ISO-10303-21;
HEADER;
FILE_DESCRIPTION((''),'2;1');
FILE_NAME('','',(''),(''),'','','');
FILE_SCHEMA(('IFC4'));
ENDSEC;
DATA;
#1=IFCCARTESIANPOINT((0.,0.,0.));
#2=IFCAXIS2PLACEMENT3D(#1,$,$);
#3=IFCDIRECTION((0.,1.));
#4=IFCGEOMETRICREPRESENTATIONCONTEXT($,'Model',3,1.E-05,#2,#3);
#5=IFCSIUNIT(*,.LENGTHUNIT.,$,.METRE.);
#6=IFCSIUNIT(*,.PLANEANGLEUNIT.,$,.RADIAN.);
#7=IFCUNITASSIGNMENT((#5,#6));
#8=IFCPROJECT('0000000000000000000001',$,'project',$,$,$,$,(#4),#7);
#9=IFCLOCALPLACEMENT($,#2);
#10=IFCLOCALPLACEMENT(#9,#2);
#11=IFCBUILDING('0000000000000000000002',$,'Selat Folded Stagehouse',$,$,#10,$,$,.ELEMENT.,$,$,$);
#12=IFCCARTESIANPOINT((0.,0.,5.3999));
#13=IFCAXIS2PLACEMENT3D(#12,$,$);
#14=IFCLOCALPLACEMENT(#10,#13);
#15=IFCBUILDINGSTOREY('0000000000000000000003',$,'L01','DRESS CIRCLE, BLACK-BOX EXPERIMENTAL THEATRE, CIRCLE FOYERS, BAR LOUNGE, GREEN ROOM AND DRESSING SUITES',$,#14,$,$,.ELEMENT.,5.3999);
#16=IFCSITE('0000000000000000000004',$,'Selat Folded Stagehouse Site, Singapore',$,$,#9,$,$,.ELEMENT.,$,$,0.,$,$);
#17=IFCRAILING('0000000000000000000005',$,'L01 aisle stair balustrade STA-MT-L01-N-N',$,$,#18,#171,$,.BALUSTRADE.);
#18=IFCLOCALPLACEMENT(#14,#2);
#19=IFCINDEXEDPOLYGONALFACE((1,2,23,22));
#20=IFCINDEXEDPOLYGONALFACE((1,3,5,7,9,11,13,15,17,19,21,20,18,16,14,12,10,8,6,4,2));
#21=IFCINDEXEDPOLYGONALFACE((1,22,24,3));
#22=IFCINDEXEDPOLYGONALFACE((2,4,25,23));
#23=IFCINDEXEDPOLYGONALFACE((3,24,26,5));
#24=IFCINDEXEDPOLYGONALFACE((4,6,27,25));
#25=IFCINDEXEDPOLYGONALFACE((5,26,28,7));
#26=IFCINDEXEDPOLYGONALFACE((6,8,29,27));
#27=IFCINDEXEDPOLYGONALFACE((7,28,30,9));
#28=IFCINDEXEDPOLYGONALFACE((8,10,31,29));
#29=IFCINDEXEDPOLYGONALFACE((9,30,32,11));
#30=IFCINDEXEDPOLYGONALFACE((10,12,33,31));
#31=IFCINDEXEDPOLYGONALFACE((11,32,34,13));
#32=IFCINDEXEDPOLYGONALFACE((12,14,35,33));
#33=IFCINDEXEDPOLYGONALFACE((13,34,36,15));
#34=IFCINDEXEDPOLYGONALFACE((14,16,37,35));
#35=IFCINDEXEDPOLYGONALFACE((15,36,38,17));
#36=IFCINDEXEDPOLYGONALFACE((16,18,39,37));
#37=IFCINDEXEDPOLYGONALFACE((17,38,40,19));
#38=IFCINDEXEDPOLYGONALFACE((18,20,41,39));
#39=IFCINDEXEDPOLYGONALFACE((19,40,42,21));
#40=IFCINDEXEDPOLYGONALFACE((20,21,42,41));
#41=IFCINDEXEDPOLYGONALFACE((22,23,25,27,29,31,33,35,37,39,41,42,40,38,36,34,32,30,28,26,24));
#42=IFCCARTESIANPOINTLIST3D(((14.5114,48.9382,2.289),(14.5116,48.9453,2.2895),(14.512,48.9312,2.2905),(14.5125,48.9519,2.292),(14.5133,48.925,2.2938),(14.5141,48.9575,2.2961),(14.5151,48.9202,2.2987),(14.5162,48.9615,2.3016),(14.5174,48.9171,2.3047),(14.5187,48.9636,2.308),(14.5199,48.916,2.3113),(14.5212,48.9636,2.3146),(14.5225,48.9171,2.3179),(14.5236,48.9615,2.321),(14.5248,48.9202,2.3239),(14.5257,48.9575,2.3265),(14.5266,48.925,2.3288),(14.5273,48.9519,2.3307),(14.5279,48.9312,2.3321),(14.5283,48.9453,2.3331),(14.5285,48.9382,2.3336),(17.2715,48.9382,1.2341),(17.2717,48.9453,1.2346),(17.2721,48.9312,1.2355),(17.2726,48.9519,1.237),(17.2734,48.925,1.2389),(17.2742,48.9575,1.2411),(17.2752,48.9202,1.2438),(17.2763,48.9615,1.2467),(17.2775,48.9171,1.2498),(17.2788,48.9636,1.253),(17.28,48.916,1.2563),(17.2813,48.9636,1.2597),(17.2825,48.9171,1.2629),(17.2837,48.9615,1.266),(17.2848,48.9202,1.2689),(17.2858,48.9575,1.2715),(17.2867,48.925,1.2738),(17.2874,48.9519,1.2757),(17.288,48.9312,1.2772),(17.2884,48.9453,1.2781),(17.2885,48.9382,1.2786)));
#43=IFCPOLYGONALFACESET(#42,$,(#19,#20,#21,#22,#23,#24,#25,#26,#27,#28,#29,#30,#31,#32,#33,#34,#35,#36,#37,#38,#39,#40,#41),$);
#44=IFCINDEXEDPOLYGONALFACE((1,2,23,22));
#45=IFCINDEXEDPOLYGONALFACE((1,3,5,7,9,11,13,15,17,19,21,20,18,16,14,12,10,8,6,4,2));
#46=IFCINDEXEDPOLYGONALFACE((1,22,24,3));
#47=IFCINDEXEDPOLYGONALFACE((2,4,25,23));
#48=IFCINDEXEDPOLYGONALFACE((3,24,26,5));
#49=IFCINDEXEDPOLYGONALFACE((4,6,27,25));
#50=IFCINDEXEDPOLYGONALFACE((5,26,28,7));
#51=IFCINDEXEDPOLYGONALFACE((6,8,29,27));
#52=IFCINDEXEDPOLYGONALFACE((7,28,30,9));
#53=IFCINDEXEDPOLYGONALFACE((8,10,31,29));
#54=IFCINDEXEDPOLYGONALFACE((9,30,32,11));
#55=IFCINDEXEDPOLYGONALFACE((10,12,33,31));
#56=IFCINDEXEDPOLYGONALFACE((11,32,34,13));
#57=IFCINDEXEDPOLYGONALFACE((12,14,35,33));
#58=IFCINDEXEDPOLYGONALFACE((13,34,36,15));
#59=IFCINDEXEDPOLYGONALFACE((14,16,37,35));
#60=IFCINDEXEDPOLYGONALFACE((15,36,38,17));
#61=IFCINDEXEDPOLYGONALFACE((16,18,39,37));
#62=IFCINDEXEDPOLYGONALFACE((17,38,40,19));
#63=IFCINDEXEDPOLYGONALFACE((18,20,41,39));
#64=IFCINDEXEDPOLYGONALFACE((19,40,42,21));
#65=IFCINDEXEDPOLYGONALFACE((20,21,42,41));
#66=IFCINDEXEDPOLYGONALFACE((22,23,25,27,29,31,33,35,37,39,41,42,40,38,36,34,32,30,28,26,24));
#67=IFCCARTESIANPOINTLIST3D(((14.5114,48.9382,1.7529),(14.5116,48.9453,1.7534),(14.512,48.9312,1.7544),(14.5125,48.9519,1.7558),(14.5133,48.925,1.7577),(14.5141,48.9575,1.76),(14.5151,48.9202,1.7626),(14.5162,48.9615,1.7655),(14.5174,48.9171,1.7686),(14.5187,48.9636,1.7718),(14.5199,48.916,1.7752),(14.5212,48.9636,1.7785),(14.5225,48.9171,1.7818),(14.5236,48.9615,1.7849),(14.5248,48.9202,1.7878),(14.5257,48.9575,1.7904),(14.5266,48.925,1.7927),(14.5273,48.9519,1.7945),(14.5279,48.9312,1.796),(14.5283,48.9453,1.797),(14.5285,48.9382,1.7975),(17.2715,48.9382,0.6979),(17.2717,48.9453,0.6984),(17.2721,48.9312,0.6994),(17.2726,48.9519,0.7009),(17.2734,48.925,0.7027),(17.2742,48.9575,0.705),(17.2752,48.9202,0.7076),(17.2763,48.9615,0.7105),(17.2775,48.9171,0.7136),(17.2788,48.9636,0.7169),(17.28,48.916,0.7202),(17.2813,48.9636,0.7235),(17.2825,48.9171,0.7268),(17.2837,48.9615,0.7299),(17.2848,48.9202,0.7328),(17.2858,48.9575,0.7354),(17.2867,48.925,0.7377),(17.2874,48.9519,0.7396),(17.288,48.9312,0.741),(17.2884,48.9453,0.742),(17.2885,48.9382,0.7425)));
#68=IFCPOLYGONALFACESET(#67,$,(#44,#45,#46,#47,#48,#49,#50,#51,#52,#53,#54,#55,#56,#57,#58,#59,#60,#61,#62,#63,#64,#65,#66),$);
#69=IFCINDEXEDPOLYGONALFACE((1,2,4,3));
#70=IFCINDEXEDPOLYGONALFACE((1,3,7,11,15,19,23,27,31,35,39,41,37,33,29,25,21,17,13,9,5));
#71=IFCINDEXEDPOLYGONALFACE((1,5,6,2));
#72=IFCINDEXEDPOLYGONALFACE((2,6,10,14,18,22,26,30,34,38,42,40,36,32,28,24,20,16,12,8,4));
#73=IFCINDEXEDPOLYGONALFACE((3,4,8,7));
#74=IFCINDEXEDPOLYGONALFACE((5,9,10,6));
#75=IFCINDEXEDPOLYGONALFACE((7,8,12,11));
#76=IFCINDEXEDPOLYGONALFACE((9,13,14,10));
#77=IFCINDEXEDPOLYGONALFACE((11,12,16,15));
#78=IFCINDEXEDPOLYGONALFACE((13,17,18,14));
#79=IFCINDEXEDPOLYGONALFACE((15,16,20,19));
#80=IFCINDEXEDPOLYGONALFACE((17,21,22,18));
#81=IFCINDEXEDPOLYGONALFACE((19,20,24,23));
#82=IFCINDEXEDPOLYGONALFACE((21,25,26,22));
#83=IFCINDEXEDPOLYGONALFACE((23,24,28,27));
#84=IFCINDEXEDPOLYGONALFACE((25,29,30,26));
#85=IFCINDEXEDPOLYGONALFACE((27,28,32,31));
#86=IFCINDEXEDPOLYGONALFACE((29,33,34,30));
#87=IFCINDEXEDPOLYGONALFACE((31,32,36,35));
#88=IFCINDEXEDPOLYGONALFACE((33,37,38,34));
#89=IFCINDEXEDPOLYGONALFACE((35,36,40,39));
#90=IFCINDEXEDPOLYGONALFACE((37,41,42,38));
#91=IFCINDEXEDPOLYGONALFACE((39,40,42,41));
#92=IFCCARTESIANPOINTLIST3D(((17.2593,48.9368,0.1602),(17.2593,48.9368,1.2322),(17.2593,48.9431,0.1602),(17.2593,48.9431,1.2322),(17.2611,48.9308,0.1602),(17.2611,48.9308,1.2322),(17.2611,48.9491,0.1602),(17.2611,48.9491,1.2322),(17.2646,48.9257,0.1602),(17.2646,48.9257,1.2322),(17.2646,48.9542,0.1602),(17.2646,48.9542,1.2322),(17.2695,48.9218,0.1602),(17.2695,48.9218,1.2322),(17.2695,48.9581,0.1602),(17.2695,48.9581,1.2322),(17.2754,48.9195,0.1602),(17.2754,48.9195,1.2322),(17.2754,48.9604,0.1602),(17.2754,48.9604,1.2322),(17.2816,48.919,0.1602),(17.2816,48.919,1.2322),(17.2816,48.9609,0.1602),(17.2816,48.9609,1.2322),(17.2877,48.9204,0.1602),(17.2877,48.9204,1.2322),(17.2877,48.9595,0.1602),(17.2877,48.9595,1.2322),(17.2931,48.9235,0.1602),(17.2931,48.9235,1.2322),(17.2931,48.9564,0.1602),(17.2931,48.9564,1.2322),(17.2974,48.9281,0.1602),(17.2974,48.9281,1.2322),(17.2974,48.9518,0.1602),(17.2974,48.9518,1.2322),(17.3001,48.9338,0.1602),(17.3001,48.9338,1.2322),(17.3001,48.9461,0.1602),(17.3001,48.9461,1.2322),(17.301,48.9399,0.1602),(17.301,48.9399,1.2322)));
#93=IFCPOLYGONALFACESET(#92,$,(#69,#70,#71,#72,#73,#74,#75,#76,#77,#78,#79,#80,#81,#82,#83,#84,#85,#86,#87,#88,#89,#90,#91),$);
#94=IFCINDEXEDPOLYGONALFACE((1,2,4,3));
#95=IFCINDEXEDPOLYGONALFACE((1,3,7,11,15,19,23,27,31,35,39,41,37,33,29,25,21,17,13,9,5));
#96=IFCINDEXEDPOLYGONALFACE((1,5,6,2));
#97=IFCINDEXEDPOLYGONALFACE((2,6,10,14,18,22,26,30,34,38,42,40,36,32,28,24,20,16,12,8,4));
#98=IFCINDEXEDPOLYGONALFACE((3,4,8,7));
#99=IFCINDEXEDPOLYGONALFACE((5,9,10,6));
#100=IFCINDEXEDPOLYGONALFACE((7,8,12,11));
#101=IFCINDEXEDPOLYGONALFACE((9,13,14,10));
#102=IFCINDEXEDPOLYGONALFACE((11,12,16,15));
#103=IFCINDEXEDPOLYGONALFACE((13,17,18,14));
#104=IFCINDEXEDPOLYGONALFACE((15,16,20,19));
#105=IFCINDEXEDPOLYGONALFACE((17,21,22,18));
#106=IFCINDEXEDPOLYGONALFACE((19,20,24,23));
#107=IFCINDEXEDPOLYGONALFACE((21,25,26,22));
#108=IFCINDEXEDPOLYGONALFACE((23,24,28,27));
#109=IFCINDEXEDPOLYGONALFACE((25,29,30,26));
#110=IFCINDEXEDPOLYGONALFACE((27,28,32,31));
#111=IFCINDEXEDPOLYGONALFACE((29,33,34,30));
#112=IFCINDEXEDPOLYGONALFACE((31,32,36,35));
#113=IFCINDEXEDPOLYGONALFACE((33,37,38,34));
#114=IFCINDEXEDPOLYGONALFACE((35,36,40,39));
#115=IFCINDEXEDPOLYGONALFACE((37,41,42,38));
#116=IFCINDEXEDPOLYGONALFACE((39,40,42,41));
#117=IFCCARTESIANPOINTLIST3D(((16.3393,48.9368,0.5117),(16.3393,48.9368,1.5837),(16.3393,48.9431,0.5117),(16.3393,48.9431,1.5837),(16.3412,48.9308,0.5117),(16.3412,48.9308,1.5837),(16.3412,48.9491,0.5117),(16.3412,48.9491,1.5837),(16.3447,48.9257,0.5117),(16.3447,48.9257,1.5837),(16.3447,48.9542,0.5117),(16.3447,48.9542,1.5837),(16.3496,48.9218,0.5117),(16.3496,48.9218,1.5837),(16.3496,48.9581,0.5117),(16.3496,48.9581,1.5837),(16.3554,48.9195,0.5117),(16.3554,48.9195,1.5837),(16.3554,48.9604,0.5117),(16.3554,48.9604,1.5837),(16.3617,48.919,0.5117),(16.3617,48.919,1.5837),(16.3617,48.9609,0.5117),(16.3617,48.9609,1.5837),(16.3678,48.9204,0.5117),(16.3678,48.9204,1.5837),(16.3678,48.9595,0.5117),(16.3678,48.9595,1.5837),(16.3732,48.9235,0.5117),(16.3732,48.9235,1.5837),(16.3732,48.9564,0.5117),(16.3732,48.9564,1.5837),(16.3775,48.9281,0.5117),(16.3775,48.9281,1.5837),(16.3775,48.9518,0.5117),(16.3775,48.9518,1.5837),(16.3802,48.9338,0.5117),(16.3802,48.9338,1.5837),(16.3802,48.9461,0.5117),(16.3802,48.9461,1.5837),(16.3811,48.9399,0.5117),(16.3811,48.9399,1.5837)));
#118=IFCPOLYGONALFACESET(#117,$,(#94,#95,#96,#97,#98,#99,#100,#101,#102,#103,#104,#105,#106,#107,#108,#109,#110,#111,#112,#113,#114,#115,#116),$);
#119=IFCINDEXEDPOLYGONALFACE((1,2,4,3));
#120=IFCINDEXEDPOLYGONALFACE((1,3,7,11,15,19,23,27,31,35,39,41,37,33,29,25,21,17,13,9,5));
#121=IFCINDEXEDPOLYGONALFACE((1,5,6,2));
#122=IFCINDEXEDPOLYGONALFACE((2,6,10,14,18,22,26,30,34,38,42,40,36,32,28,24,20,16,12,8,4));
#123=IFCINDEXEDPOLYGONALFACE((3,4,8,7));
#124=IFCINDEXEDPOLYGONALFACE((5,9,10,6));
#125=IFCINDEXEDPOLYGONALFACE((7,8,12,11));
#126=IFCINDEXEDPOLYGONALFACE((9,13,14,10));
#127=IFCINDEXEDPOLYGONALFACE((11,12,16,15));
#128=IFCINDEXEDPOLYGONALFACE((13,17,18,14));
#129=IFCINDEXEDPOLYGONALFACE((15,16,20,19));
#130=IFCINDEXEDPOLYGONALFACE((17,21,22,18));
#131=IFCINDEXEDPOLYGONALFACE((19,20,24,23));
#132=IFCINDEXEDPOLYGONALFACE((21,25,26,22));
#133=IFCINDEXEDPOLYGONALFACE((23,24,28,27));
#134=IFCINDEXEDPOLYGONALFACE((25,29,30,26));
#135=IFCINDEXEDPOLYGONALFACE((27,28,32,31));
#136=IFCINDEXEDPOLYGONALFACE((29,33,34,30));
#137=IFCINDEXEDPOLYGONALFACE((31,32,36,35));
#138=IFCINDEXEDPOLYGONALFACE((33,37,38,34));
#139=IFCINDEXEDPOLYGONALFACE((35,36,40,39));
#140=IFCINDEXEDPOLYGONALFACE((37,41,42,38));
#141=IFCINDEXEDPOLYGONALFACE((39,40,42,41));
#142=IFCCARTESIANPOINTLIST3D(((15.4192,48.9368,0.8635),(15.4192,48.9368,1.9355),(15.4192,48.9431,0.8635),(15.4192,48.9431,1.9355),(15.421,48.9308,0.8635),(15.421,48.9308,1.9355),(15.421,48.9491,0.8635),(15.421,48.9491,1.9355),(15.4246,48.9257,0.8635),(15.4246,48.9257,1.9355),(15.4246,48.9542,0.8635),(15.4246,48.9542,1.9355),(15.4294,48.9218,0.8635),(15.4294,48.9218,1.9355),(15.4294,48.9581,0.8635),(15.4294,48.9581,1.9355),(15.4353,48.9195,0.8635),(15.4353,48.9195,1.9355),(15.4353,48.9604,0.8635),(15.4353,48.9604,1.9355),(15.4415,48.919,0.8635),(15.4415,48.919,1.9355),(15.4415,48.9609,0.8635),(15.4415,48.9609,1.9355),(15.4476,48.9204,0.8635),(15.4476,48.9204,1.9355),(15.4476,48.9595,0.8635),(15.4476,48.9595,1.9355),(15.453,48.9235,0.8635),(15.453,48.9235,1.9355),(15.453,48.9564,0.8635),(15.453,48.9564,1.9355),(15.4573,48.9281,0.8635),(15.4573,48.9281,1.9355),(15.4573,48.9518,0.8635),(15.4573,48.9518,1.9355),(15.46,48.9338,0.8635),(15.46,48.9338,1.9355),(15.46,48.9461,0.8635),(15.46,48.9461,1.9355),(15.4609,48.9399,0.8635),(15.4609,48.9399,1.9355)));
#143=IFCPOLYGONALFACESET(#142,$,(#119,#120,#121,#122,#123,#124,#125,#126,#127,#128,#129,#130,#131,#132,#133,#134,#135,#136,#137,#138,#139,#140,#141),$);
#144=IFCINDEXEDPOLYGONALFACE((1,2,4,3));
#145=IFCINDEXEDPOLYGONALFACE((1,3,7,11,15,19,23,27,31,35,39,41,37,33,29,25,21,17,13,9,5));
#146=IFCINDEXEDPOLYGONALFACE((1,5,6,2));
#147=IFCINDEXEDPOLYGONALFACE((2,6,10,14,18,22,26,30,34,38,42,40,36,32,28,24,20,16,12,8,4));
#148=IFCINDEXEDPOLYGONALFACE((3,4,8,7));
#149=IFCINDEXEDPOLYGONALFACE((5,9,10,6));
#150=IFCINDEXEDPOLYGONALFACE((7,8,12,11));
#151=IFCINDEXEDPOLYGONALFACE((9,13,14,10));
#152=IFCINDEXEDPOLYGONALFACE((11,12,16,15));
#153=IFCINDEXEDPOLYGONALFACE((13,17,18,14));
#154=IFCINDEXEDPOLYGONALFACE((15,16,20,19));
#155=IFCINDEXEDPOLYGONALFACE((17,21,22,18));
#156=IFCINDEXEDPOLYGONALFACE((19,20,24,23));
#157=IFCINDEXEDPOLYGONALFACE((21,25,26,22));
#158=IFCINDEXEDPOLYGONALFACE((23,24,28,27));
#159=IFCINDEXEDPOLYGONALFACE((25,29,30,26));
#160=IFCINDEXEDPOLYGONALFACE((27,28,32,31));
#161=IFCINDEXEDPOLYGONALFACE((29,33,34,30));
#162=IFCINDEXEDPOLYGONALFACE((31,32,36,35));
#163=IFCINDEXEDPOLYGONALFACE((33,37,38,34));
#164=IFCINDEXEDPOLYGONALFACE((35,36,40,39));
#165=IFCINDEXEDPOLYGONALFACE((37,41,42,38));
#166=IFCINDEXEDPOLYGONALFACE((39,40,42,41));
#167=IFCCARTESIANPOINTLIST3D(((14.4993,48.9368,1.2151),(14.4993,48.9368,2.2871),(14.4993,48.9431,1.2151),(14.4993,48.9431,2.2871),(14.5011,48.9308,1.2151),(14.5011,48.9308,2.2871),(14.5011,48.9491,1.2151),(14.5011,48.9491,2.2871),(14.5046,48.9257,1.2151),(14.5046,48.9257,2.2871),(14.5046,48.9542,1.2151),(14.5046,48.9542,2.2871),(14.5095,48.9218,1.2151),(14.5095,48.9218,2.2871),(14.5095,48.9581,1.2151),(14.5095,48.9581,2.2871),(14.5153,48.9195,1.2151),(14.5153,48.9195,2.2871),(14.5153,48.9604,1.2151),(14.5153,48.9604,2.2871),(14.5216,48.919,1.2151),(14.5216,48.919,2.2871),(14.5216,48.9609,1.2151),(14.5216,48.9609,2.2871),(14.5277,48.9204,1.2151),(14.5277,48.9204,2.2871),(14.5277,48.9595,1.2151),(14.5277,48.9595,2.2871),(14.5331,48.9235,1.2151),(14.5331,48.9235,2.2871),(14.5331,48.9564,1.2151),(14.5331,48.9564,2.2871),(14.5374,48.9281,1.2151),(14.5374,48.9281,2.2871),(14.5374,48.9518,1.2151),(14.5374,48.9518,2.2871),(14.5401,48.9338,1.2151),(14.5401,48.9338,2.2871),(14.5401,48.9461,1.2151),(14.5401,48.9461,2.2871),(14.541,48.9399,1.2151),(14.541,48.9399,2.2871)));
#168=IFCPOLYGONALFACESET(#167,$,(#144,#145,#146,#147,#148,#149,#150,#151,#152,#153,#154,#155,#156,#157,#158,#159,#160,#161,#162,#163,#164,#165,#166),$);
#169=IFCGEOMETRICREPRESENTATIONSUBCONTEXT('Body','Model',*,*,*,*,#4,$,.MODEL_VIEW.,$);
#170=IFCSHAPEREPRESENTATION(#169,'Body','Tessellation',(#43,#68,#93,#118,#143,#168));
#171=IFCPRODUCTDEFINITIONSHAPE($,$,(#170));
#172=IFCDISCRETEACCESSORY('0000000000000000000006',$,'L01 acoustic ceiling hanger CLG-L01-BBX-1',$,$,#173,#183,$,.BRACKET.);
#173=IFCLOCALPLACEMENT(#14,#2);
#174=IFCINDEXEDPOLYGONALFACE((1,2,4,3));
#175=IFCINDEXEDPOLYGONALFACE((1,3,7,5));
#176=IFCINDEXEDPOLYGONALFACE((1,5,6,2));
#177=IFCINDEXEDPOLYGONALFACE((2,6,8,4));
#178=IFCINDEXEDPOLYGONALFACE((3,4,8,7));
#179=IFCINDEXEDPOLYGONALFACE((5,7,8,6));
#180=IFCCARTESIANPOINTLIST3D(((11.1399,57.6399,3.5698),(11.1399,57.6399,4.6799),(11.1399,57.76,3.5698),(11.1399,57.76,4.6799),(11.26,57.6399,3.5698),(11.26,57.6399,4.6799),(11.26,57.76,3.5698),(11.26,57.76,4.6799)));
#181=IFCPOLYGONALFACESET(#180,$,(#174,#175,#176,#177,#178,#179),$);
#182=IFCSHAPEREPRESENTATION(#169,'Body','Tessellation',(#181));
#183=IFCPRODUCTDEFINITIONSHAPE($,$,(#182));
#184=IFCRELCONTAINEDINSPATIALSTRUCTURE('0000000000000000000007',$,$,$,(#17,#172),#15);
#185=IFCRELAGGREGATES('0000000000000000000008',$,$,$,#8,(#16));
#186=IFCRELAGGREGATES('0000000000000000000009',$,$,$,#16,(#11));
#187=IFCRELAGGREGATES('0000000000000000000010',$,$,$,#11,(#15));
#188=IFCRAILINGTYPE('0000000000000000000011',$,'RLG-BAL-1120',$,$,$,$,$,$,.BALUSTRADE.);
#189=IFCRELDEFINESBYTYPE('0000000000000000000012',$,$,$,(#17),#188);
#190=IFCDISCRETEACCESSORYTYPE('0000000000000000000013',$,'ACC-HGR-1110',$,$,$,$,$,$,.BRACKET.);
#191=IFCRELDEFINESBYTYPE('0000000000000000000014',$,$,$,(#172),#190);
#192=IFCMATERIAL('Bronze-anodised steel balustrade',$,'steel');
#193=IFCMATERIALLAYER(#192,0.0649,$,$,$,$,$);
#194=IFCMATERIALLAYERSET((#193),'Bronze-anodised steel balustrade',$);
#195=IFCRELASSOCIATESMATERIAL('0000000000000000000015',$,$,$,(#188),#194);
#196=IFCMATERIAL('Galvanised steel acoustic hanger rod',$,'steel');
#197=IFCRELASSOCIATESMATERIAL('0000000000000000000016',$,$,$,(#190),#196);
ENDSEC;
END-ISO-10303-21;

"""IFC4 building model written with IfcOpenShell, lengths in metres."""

from ifc_helpers import new_model, si_unit, direction, frame, origin, origin_2d, place, context, subcontext, project, spatial, rectangle, circle, extrude, material, layer, layer_set, type_object, element, save


model = new_model("IFC4")

# Units and contexts
model_context = context("Model", 3, precision=1e-05, world=origin(), true_north=direction((0.0, 1.0)))
body_context = subcontext(model_context, "Body", "Model", "MODEL_VIEW")
ifc_project = project(units=[si_unit("LENGTHUNIT", "METRE"), si_unit("PLANEANGLEUNIT", "RADIAN")], contexts=[model_context])

# Site, building, storey
site_placement = place(None, origin())
site = spatial("IfcSite", under=ifc_project, at=site_placement, Name="Selat Folded Stagehouse Site, Singapore", CompositionType="ELEMENT", RefElevation=0.0)
building_placement = place(site_placement, origin())
building = spatial("IfcBuilding", under=site, at=building_placement, Name="Selat Folded Stagehouse", CompositionType="ELEMENT")
storey_placement = place(building_placement, frame((0.0, 0.0, 5.3999)))
storey = spatial("IfcBuildingStorey", under=building, at=storey_placement, Name="L01", Description="DRESS CIRCLE, BLACK-BOX EXPERIMENTAL THEATRE, CIRCLE FOYERS, BAR LOUNGE, GREEN ROOM AND DRESSING SUITES", CompositionType="ELEMENT", Elevation=5.3999)

# Railing
ifc_material_1 = material(Name="Bronze-anodised steel balustrade", Category="steel")
ifc_layer_1 = layer(ifc_material_1, 0.0649)
ifc_layer_set_1 = layer_set([ifc_layer_1], Name="Bronze-anodised steel balustrade")
railing_type = type_object("IfcRailingType", Name="RLG-BAL-1120", PredefinedType="BALUSTRADE", material=ifc_layer_set_1)
for number, where, name in (
    (1, (17.28, 48.9399, 0.1602), "L01 aisle stair balustrade STA-MT-L01-N-N"),
):
    element("IfcRailing", number, at=place(storey_placement, frame(where)), inside=storey, type_object=railing_type, Name=name, PredefinedType="BALUSTRADE", context=body_context, shape_type="SweptSolid", body=[
        extrude(circle(Radius=0.0239, at=origin_2d()), frame((0.0, 0.0, 1.0962), z_axis=(-0.934093, 0.0, 0.357029), x_axis=(0.0, -1.0, 0.0)), (0.0, 0.0, 1.0), 2.9548),
        extrude(circle(Radius=0.0239, at=origin_2d()), frame((0.0, 0.0, 0.5601), z_axis=(-0.934093, 0.0, 0.357029), x_axis=(0.0, -1.0, 0.0)), (0.0, 0.0, 1.0), 2.9548),
        extrude(circle(Radius=0.021, at=origin_2d()), origin(), (0.0, 0.0, 1.0), 1.072),
        extrude(circle(Radius=0.021, at=origin_2d()), frame((-0.9199, 0.0, 0.3516)), (0.0, 0.0, 1.0), 1.072),
        extrude(circle(Radius=0.021, at=origin_2d()), frame((-1.8401, 0.0, 0.7034)), (0.0, 0.0, 1.0), 1.072),
        extrude(circle(Radius=0.021, at=origin_2d()), frame((-2.76, 0.0, 1.0549)), (0.0, 0.0, 1.0), 1.072),
    ])

# Discrete accessory
ifc_material_2 = material(Name="Galvanised steel acoustic hanger rod", Category="steel")
discrete_accessory_type = type_object("IfcDiscreteAccessoryType", Name="ACC-HGR-1110", PredefinedType="BRACKET", material=ifc_material_2)
discrete_accessory_placement = place(storey_placement, frame((11.2, 57.7, 3.5698), z_axis=(0.0, 0.0, 1.0), x_axis=(1.0, 0.0, 0.0)))
element("IfcDiscreteAccessory", 2, at=discrete_accessory_placement, inside=storey, type_object=discrete_accessory_type, Name="L01 acoustic ceiling hanger CLG-L01-BBX-1", PredefinedType="BRACKET", context=body_context, shape_type="SweptSolid", body=[
    extrude(rectangle(XDim=0.1201, YDim=0.1201, at=origin_2d()), origin(), (0.0, 0.0, 1.0), 1.1101),
])

save(model, "model.ifc")
